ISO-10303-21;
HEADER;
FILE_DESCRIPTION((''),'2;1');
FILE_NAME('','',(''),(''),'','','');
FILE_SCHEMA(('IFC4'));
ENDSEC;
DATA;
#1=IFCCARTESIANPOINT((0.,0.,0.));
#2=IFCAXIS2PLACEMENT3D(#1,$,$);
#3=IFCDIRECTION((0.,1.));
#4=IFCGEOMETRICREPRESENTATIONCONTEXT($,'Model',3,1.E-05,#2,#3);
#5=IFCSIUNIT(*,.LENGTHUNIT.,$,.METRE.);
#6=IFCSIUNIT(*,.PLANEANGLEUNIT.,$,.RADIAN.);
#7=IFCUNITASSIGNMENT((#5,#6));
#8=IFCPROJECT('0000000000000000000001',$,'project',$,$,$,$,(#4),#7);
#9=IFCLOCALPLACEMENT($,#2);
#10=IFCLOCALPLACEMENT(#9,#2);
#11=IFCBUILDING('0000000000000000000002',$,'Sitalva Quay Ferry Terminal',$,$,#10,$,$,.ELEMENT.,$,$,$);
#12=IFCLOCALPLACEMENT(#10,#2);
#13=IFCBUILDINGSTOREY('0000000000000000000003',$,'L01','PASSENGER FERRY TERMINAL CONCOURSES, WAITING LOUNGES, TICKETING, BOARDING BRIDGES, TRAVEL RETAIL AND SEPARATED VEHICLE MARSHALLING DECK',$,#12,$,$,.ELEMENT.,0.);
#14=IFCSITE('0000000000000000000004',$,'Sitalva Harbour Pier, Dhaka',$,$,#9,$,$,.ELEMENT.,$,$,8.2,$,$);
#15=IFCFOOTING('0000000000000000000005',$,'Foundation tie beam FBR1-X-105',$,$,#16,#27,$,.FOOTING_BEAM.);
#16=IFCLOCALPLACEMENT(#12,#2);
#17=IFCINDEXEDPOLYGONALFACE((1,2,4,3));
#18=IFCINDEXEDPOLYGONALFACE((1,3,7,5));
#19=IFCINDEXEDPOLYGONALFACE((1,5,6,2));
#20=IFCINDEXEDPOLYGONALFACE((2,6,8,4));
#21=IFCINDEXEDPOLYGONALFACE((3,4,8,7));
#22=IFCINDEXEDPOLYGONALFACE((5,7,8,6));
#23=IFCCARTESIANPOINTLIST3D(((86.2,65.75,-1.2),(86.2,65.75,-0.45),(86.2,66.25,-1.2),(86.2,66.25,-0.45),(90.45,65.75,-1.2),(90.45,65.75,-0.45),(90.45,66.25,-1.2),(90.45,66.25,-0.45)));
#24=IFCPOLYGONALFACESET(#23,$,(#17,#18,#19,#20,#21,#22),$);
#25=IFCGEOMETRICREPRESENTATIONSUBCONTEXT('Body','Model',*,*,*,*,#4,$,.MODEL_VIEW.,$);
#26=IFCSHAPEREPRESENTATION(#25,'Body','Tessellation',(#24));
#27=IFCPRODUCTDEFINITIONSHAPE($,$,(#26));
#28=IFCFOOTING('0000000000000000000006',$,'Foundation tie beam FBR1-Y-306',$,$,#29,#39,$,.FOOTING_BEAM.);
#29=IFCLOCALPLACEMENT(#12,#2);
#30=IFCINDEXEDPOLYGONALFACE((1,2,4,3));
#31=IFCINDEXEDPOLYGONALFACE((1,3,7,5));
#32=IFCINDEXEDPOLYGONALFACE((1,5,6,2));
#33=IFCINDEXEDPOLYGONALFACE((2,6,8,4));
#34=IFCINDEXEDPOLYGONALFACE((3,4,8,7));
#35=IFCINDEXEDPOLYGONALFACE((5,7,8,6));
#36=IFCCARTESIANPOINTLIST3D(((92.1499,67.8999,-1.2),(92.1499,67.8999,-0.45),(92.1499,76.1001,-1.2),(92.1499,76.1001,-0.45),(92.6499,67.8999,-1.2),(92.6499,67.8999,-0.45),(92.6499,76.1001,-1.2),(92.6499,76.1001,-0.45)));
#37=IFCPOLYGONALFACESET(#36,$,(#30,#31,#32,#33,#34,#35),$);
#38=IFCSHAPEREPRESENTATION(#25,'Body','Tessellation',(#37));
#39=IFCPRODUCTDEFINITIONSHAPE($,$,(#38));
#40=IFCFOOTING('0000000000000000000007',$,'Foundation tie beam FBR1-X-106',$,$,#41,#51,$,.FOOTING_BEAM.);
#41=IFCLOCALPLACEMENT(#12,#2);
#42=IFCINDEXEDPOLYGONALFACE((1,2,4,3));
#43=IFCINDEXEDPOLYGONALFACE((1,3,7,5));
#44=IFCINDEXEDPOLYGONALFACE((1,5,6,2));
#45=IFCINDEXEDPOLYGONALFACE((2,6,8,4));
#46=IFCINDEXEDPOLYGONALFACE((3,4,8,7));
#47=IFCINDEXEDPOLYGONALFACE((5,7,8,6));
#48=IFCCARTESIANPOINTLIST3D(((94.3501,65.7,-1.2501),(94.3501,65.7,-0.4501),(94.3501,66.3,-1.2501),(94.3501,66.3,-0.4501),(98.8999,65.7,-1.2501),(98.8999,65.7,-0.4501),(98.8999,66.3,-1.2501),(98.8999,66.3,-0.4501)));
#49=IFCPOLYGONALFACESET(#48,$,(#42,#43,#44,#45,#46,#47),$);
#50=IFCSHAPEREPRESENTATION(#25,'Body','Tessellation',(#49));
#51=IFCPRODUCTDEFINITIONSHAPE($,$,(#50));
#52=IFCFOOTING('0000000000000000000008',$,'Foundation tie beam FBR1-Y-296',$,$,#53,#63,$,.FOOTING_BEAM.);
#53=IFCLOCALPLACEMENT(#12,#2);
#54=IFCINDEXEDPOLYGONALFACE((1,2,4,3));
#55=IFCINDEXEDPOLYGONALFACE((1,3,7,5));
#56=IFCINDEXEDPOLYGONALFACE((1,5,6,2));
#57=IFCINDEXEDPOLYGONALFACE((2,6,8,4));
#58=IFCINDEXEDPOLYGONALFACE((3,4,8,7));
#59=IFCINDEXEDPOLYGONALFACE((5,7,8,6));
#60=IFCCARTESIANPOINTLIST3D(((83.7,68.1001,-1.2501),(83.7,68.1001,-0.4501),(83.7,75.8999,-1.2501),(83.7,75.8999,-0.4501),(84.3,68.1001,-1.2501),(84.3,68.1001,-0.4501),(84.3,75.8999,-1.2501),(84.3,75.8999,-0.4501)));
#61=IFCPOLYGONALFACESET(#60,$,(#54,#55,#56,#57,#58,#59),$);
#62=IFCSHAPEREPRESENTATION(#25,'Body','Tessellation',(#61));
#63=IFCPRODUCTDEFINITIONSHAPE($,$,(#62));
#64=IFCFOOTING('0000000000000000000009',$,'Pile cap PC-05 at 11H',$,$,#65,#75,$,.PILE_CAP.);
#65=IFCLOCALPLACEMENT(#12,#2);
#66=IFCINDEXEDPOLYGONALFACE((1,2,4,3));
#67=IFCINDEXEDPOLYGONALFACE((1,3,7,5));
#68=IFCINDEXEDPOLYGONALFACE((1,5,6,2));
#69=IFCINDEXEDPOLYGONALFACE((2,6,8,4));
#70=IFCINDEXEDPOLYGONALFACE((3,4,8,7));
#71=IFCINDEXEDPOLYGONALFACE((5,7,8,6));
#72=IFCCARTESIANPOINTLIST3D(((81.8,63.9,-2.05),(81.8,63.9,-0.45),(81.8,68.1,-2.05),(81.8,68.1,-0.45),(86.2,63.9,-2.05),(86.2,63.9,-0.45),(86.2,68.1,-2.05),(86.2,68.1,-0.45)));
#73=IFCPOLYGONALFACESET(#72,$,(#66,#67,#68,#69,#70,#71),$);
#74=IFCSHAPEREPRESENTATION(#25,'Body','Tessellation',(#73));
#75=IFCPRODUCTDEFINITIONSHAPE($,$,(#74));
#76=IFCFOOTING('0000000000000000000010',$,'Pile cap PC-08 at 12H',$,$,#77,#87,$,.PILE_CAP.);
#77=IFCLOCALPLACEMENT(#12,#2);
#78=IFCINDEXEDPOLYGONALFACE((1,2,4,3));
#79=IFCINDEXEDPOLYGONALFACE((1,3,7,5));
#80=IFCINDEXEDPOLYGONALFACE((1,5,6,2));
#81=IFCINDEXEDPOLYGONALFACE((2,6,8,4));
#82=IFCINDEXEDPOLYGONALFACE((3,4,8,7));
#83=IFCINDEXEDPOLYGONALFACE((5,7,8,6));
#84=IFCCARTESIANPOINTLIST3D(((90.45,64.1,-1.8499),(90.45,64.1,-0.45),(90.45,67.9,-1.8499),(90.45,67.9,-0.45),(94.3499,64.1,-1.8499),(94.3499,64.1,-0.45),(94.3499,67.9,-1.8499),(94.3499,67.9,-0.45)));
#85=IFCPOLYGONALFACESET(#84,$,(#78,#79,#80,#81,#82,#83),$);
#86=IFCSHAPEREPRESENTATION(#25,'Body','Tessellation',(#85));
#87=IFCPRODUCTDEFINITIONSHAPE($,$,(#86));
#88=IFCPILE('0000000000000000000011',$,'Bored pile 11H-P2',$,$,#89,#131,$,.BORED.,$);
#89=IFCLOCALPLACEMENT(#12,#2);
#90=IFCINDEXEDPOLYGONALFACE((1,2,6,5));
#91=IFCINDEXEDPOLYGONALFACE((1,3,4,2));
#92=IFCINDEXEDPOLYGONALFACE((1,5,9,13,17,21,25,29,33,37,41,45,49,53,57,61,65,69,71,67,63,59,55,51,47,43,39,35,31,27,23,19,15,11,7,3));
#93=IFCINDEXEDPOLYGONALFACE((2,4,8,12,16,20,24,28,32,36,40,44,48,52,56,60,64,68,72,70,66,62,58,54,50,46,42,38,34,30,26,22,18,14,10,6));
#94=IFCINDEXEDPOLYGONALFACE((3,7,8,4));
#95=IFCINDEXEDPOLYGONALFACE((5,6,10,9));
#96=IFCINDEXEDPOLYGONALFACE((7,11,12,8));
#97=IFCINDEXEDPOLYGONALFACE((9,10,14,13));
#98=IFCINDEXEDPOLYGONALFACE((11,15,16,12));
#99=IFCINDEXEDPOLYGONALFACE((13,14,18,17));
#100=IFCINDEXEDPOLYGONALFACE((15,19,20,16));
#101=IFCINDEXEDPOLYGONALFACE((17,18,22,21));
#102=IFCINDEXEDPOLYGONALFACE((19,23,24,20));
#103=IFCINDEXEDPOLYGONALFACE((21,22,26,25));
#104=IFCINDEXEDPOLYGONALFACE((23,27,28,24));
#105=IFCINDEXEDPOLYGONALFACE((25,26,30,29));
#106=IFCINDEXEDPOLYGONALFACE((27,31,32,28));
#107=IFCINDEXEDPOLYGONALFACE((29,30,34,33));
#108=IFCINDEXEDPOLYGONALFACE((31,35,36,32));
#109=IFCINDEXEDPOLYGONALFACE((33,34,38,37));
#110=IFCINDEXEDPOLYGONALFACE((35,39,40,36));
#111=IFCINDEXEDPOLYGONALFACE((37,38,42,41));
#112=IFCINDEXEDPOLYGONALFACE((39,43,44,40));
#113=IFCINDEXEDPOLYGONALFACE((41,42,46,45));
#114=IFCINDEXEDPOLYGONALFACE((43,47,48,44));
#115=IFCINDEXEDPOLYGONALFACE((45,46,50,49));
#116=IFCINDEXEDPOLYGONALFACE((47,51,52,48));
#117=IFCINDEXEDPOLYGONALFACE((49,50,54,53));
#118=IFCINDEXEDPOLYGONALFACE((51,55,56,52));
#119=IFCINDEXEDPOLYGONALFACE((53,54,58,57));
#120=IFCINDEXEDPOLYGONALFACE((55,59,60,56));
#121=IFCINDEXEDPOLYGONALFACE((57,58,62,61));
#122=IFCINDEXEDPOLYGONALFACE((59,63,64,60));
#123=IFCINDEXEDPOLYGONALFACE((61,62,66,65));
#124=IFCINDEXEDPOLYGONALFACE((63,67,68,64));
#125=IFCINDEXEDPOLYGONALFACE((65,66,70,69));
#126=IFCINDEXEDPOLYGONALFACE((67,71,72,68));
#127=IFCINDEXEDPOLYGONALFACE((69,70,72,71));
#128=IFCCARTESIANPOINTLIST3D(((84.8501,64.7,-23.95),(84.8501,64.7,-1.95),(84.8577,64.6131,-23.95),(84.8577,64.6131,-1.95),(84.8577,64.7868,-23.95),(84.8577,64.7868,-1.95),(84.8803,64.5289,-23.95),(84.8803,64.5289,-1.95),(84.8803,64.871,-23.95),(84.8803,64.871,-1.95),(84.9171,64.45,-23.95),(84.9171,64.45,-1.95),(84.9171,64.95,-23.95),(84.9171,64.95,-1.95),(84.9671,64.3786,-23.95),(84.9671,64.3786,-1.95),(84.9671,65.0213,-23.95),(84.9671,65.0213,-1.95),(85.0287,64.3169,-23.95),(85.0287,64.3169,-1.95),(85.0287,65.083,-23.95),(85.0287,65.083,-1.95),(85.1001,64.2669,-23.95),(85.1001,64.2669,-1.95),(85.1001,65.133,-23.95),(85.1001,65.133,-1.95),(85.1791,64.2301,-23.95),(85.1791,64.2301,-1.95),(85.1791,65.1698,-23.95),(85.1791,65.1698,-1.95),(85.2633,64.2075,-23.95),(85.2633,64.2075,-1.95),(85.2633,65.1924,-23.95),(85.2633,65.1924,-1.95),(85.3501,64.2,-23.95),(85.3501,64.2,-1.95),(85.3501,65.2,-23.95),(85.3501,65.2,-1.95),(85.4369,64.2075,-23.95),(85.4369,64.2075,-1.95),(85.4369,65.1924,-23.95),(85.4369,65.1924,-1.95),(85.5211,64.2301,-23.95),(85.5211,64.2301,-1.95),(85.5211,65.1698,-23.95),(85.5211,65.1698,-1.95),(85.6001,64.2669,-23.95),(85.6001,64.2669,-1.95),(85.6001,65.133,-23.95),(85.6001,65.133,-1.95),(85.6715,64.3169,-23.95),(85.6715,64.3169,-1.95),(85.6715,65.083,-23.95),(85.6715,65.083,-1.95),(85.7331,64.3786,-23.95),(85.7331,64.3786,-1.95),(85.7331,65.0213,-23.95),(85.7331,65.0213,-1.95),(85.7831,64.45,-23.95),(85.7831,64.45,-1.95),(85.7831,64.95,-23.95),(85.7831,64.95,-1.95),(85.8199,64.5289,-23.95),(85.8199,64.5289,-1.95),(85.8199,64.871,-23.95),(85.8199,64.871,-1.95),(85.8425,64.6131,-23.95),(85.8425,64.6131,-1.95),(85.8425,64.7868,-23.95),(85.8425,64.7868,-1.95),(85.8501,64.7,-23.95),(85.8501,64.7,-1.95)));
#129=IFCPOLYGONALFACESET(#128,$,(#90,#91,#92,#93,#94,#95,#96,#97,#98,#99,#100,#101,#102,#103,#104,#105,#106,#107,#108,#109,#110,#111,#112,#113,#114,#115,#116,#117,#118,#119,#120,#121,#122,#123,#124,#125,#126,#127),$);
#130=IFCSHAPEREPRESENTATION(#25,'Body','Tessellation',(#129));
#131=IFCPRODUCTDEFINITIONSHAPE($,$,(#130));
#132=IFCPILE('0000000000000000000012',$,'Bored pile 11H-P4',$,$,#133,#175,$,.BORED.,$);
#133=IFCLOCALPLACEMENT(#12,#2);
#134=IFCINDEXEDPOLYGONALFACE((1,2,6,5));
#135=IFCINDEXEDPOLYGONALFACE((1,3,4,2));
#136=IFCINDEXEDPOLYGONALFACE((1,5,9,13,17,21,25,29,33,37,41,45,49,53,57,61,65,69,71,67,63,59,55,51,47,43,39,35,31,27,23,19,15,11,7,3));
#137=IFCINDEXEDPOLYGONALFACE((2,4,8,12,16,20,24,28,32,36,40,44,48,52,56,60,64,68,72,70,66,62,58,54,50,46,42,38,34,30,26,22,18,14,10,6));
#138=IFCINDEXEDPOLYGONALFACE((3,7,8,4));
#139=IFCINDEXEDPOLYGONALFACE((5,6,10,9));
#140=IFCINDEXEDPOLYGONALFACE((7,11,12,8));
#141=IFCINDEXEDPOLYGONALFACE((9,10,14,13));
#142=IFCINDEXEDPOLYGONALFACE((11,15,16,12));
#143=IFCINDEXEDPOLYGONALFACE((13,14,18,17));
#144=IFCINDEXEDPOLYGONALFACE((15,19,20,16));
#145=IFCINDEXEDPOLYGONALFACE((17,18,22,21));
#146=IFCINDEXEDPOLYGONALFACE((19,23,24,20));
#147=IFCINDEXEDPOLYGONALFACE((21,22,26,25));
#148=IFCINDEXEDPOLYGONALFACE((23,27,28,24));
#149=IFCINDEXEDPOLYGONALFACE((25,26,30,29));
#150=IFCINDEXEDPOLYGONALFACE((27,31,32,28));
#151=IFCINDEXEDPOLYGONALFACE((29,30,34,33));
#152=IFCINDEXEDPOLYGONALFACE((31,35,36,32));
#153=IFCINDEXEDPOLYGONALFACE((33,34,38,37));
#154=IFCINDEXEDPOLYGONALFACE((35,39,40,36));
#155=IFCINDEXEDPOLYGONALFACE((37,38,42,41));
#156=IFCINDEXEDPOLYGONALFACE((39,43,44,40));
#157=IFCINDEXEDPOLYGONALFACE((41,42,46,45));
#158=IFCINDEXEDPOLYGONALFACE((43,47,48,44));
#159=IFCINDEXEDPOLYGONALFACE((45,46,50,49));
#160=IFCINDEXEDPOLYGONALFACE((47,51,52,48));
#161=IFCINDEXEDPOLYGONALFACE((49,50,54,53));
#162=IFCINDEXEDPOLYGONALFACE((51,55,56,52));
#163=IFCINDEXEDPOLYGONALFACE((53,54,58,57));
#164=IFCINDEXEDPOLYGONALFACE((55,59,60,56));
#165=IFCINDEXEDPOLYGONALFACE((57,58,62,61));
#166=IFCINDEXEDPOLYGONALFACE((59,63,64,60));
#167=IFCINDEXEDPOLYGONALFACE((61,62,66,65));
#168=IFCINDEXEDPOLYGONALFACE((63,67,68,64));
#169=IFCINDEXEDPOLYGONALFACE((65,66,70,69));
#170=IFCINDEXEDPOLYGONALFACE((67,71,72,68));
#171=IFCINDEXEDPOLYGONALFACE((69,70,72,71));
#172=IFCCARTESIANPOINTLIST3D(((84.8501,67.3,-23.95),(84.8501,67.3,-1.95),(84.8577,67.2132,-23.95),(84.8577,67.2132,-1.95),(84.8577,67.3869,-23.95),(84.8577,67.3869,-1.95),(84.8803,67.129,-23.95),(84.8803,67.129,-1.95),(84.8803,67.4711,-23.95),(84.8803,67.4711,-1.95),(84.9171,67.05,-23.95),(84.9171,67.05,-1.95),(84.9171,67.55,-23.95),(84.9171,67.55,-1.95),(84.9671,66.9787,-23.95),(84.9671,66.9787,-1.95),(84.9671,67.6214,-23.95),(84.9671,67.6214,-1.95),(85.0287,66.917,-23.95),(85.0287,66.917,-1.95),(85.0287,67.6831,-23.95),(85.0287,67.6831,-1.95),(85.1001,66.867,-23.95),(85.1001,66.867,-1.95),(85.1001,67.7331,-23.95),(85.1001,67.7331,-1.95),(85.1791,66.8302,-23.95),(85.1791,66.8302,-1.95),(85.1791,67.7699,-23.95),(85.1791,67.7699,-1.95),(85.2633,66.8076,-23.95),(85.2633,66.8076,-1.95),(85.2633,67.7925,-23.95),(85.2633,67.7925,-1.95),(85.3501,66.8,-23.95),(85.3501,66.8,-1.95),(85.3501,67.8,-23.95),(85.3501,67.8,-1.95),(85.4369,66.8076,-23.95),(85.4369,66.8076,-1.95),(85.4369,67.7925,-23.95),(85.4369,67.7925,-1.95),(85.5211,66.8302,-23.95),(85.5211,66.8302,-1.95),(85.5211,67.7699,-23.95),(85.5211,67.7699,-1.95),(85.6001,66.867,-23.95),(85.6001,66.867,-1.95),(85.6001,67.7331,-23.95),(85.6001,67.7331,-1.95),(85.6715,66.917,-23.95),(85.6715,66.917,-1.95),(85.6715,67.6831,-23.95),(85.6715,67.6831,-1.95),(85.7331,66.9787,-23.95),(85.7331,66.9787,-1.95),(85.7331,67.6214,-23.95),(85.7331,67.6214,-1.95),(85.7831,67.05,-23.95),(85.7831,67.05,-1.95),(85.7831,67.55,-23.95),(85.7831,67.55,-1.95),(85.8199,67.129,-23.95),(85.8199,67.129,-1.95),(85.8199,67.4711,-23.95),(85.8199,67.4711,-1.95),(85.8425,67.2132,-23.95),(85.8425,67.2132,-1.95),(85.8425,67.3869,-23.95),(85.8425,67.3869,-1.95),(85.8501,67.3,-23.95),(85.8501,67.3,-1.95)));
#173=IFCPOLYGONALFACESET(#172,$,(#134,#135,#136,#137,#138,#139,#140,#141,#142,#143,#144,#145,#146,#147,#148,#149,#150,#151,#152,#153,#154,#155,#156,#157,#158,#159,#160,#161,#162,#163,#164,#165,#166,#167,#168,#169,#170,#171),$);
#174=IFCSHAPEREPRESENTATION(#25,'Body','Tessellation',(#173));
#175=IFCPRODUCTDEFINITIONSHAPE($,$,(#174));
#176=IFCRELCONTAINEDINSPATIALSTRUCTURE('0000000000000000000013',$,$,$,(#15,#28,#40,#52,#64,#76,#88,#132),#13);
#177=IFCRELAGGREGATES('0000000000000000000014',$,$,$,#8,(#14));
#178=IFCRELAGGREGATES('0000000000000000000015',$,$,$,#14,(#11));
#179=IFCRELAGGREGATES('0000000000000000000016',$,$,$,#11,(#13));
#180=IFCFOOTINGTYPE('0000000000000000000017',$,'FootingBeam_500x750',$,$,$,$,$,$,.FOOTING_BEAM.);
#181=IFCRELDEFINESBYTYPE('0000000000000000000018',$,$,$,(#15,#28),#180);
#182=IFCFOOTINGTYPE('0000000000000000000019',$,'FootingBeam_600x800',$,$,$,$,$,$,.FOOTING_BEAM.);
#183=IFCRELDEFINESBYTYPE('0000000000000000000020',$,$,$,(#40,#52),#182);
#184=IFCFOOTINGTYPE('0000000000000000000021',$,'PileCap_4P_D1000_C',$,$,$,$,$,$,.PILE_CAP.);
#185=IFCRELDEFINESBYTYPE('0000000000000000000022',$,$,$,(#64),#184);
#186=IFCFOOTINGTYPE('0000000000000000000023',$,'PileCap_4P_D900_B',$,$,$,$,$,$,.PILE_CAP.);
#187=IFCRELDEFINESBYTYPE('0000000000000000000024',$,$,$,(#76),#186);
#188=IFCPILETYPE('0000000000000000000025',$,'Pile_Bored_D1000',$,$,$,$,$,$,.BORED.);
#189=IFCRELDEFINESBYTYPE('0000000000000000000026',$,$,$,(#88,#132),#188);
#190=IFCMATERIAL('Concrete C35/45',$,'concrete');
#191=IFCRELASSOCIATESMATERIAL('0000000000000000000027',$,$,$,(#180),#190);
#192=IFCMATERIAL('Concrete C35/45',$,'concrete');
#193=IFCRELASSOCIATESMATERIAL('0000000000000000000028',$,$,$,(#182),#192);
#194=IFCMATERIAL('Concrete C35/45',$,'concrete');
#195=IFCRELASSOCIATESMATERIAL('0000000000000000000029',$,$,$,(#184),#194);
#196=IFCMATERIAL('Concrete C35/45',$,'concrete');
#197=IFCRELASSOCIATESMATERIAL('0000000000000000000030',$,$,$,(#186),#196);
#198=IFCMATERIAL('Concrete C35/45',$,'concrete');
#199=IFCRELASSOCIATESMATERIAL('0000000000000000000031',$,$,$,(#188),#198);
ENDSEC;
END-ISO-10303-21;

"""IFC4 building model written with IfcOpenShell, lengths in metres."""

from ifc_helpers import new_model, si_unit, direction, frame, origin, origin_2d, place, context, subcontext, project, spatial, rectangle, circle, extrude, material, material_profile, profile_set, type_object, element, save


model = new_model("IFC4")

# Units and contexts
model_context = context("Model", 3, precision=1e-05, world=origin(), true_north=direction((0.0, 1.0)))
body_context = subcontext(model_context, "Body", "Model", "MODEL_VIEW")
ifc_project = project(units=[si_unit("LENGTHUNIT", "METRE"), si_unit("PLANEANGLEUNIT", "RADIAN")], contexts=[model_context])

# Site, building, storey
site_placement = place(None, origin())
site = spatial("IfcSite", under=ifc_project, at=site_placement, Name="Sitalva Harbour Pier, Dhaka", CompositionType="ELEMENT", RefElevation=8.2)
building_placement = place(site_placement, origin())
building = spatial("IfcBuilding", under=site, at=building_placement, Name="Sitalva Quay Ferry Terminal", CompositionType="ELEMENT")
storey_placement = place(building_placement, origin())
storey = spatial("IfcBuildingStorey", under=building, at=storey_placement, Name="L01", Description="PASSENGER FERRY TERMINAL CONCOURSES, WAITING LOUNGES, TICKETING, BOARDING BRIDGES, TRAVEL RETAIL AND SEPARATED VEHICLE MARSHALLING DECK", CompositionType="ELEMENT", Elevation=0.0)

# Footings
ifc_material_1 = material(Name="Concrete C35/45", Category="concrete")
ifc_material_profile_1 = material_profile(ifc_material_1, rectangle(XDim=0.5, YDim=0.75, at=origin_2d()), Name="RC500x750")
ifc_profile_set_1 = profile_set([ifc_material_profile_1], Name="Concrete C35/45")
footing_type_1 = type_object("IfcFootingType", Name="FootingBeam_500x750", PredefinedType="FOOTING_BEAM", material=ifc_profile_set_1)
footing_1_placement = place(storey_placement, frame((86.2, 66.0, -0.825), z_axis=(1.0, 0.0, 0.0), x_axis=(0.0, 1.0, 0.0)))
element("IfcFooting", 1, at=footing_1_placement, inside=storey, type_object=footing_type_1, Name="Foundation tie beam FBR1-X-105", PredefinedType="FOOTING_BEAM", context=body_context, shape_type="SweptSolid", body=[
    extrude(rectangle(XDim=0.5, YDim=0.75, at=origin_2d()), origin(), (0.0, 0.0, 1.0), 4.25),
])
footing_2_placement = place(storey_placement, frame((92.3999, 67.8999, -0.825), z_axis=(0.0, 1.0, 0.0), x_axis=(-1.0, 0.0, 0.0)))
element("IfcFooting", 2, at=footing_2_placement, inside=storey, type_object=footing_type_1, Name="Foundation tie beam FBR1-Y-306", PredefinedType="FOOTING_BEAM", context=body_context, shape_type="SweptSolid", body=[
    extrude(rectangle(XDim=0.5, YDim=0.75, at=origin_2d()), origin(), (0.0, 0.0, 1.0), 8.2002),
])
ifc_material_2 = material(Name="Concrete C35/45", Category="concrete")
ifc_material_profile_2 = material_profile(ifc_material_2, rectangle(XDim=0.6001, YDim=0.8, at=origin_2d()), Name="RC600x800")
ifc_profile_set_2 = profile_set([ifc_material_profile_2], Name="Concrete C35/45")
footing_type_2 = type_object("IfcFootingType", Name="FootingBeam_600x800", PredefinedType="FOOTING_BEAM", material=ifc_profile_set_2)
footing_3_placement = place(storey_placement, frame((94.3501, 66.0, -0.8501), z_axis=(1.0, 0.0, 0.0), x_axis=(0.0, 1.0, 0.0)))
element("IfcFooting", 3, at=footing_3_placement, inside=storey, type_object=footing_type_2, Name="Foundation tie beam FBR1-X-106", PredefinedType="FOOTING_BEAM", context=body_context, shape_type="SweptSolid", body=[
    extrude(rectangle(XDim=0.6001, YDim=0.8, at=origin_2d()), origin(), (0.0, 0.0, 1.0), 4.5498),
])
footing_4_placement = place(storey_placement, frame((84.0, 68.1001, -0.8501), z_axis=(0.0, 1.0, 0.0), x_axis=(-1.0, 0.0, 0.0)))
element("IfcFooting", 4, at=footing_4_placement, inside=storey, type_object=footing_type_2, Name="Foundation tie beam FBR1-Y-296", PredefinedType="FOOTING_BEAM", context=body_context, shape_type="SweptSolid", body=[
    extrude(rectangle(XDim=0.6001, YDim=0.8, at=origin_2d()), origin(), (0.0, 0.0, 1.0), 7.7998),
])
ifc_material_3 = material(Name="Concrete C35/45", Category="concrete")
footing_type_3 = type_object("IfcFootingType", Name="PileCap_4P_D1000_C", PredefinedType="PILE_CAP", material=ifc_material_3)
footing_5_placement = place(storey_placement, frame((84.0, 66.0, -2.05), z_axis=(0.0, 0.0, 1.0), x_axis=(1.0, 0.0, 0.0)))
element("IfcFooting", 5, at=footing_5_placement, inside=storey, type_object=footing_type_3, Name="Pile cap PC-05 at 11H", PredefinedType="PILE_CAP", context=body_context, shape_type="SweptSolid", body=[
    extrude(rectangle(XDim=4.3999, YDim=4.2, at=origin_2d()), origin(), (0.0, 0.0, 1.0), 1.6001),
])
ifc_material_4 = material(Name="Concrete C35/45", Category="concrete")
footing_type_4 = type_object("IfcFootingType", Name="PileCap_4P_D900_B", PredefinedType="PILE_CAP", material=ifc_material_4)
footing_6_placement = place(storey_placement, frame((92.3999, 66.0, -1.8499), z_axis=(0.0, 0.0, 1.0), x_axis=(1.0, 0.0, 0.0)))
element("IfcFooting", 6, at=footing_6_placement, inside=storey, type_object=footing_type_4, Name="Pile cap PC-08 at 12H", PredefinedType="PILE_CAP", context=body_context, shape_type="SweptSolid", body=[
    extrude(rectangle(XDim=3.8999, YDim=3.8, at=origin_2d()), origin(), (0.0, 0.0, 1.0), 1.3999),
])

# Piles
ifc_material_5 = material(Name="Concrete C35/45", Category="concrete")
ifc_material_profile_3 = material_profile(ifc_material_5, circle(Radius=0.5, at=origin_2d()), Name="PILE-D1000")
ifc_profile_set_3 = profile_set([ifc_material_profile_3], Name="Concrete C35/45")
pile_type_1 = type_object("IfcPileType", Name="Pile_Bored_D1000", PredefinedType="BORED", material=ifc_profile_set_3)
for number, where, z_axis, x_axis, name in (
    (7, (85.3501, 64.7, -1.95), (0.0, 0.0, -1.0), (1.0, 0.0, 0.0), "Bored pile 11H-P2"),
    (8, (85.3501, 67.3, -1.95), (0.0, 0.0, -1.0), (1.0, 0.0, 0.0), "Bored pile 11H-P4"),
):
    element("IfcPile", number, at=place(storey_placement, frame(where, z_axis=z_axis, x_axis=x_axis)), inside=storey, type_object=pile_type_1, Name=name, PredefinedType="BORED", context=body_context, shape_type="SweptSolid", body=[
        extrude(circle(Radius=0.5, at=origin_2d()), origin(), (0.0, 0.0, 1.0), 22.0),
    ])

save(model, "model.ifc")
